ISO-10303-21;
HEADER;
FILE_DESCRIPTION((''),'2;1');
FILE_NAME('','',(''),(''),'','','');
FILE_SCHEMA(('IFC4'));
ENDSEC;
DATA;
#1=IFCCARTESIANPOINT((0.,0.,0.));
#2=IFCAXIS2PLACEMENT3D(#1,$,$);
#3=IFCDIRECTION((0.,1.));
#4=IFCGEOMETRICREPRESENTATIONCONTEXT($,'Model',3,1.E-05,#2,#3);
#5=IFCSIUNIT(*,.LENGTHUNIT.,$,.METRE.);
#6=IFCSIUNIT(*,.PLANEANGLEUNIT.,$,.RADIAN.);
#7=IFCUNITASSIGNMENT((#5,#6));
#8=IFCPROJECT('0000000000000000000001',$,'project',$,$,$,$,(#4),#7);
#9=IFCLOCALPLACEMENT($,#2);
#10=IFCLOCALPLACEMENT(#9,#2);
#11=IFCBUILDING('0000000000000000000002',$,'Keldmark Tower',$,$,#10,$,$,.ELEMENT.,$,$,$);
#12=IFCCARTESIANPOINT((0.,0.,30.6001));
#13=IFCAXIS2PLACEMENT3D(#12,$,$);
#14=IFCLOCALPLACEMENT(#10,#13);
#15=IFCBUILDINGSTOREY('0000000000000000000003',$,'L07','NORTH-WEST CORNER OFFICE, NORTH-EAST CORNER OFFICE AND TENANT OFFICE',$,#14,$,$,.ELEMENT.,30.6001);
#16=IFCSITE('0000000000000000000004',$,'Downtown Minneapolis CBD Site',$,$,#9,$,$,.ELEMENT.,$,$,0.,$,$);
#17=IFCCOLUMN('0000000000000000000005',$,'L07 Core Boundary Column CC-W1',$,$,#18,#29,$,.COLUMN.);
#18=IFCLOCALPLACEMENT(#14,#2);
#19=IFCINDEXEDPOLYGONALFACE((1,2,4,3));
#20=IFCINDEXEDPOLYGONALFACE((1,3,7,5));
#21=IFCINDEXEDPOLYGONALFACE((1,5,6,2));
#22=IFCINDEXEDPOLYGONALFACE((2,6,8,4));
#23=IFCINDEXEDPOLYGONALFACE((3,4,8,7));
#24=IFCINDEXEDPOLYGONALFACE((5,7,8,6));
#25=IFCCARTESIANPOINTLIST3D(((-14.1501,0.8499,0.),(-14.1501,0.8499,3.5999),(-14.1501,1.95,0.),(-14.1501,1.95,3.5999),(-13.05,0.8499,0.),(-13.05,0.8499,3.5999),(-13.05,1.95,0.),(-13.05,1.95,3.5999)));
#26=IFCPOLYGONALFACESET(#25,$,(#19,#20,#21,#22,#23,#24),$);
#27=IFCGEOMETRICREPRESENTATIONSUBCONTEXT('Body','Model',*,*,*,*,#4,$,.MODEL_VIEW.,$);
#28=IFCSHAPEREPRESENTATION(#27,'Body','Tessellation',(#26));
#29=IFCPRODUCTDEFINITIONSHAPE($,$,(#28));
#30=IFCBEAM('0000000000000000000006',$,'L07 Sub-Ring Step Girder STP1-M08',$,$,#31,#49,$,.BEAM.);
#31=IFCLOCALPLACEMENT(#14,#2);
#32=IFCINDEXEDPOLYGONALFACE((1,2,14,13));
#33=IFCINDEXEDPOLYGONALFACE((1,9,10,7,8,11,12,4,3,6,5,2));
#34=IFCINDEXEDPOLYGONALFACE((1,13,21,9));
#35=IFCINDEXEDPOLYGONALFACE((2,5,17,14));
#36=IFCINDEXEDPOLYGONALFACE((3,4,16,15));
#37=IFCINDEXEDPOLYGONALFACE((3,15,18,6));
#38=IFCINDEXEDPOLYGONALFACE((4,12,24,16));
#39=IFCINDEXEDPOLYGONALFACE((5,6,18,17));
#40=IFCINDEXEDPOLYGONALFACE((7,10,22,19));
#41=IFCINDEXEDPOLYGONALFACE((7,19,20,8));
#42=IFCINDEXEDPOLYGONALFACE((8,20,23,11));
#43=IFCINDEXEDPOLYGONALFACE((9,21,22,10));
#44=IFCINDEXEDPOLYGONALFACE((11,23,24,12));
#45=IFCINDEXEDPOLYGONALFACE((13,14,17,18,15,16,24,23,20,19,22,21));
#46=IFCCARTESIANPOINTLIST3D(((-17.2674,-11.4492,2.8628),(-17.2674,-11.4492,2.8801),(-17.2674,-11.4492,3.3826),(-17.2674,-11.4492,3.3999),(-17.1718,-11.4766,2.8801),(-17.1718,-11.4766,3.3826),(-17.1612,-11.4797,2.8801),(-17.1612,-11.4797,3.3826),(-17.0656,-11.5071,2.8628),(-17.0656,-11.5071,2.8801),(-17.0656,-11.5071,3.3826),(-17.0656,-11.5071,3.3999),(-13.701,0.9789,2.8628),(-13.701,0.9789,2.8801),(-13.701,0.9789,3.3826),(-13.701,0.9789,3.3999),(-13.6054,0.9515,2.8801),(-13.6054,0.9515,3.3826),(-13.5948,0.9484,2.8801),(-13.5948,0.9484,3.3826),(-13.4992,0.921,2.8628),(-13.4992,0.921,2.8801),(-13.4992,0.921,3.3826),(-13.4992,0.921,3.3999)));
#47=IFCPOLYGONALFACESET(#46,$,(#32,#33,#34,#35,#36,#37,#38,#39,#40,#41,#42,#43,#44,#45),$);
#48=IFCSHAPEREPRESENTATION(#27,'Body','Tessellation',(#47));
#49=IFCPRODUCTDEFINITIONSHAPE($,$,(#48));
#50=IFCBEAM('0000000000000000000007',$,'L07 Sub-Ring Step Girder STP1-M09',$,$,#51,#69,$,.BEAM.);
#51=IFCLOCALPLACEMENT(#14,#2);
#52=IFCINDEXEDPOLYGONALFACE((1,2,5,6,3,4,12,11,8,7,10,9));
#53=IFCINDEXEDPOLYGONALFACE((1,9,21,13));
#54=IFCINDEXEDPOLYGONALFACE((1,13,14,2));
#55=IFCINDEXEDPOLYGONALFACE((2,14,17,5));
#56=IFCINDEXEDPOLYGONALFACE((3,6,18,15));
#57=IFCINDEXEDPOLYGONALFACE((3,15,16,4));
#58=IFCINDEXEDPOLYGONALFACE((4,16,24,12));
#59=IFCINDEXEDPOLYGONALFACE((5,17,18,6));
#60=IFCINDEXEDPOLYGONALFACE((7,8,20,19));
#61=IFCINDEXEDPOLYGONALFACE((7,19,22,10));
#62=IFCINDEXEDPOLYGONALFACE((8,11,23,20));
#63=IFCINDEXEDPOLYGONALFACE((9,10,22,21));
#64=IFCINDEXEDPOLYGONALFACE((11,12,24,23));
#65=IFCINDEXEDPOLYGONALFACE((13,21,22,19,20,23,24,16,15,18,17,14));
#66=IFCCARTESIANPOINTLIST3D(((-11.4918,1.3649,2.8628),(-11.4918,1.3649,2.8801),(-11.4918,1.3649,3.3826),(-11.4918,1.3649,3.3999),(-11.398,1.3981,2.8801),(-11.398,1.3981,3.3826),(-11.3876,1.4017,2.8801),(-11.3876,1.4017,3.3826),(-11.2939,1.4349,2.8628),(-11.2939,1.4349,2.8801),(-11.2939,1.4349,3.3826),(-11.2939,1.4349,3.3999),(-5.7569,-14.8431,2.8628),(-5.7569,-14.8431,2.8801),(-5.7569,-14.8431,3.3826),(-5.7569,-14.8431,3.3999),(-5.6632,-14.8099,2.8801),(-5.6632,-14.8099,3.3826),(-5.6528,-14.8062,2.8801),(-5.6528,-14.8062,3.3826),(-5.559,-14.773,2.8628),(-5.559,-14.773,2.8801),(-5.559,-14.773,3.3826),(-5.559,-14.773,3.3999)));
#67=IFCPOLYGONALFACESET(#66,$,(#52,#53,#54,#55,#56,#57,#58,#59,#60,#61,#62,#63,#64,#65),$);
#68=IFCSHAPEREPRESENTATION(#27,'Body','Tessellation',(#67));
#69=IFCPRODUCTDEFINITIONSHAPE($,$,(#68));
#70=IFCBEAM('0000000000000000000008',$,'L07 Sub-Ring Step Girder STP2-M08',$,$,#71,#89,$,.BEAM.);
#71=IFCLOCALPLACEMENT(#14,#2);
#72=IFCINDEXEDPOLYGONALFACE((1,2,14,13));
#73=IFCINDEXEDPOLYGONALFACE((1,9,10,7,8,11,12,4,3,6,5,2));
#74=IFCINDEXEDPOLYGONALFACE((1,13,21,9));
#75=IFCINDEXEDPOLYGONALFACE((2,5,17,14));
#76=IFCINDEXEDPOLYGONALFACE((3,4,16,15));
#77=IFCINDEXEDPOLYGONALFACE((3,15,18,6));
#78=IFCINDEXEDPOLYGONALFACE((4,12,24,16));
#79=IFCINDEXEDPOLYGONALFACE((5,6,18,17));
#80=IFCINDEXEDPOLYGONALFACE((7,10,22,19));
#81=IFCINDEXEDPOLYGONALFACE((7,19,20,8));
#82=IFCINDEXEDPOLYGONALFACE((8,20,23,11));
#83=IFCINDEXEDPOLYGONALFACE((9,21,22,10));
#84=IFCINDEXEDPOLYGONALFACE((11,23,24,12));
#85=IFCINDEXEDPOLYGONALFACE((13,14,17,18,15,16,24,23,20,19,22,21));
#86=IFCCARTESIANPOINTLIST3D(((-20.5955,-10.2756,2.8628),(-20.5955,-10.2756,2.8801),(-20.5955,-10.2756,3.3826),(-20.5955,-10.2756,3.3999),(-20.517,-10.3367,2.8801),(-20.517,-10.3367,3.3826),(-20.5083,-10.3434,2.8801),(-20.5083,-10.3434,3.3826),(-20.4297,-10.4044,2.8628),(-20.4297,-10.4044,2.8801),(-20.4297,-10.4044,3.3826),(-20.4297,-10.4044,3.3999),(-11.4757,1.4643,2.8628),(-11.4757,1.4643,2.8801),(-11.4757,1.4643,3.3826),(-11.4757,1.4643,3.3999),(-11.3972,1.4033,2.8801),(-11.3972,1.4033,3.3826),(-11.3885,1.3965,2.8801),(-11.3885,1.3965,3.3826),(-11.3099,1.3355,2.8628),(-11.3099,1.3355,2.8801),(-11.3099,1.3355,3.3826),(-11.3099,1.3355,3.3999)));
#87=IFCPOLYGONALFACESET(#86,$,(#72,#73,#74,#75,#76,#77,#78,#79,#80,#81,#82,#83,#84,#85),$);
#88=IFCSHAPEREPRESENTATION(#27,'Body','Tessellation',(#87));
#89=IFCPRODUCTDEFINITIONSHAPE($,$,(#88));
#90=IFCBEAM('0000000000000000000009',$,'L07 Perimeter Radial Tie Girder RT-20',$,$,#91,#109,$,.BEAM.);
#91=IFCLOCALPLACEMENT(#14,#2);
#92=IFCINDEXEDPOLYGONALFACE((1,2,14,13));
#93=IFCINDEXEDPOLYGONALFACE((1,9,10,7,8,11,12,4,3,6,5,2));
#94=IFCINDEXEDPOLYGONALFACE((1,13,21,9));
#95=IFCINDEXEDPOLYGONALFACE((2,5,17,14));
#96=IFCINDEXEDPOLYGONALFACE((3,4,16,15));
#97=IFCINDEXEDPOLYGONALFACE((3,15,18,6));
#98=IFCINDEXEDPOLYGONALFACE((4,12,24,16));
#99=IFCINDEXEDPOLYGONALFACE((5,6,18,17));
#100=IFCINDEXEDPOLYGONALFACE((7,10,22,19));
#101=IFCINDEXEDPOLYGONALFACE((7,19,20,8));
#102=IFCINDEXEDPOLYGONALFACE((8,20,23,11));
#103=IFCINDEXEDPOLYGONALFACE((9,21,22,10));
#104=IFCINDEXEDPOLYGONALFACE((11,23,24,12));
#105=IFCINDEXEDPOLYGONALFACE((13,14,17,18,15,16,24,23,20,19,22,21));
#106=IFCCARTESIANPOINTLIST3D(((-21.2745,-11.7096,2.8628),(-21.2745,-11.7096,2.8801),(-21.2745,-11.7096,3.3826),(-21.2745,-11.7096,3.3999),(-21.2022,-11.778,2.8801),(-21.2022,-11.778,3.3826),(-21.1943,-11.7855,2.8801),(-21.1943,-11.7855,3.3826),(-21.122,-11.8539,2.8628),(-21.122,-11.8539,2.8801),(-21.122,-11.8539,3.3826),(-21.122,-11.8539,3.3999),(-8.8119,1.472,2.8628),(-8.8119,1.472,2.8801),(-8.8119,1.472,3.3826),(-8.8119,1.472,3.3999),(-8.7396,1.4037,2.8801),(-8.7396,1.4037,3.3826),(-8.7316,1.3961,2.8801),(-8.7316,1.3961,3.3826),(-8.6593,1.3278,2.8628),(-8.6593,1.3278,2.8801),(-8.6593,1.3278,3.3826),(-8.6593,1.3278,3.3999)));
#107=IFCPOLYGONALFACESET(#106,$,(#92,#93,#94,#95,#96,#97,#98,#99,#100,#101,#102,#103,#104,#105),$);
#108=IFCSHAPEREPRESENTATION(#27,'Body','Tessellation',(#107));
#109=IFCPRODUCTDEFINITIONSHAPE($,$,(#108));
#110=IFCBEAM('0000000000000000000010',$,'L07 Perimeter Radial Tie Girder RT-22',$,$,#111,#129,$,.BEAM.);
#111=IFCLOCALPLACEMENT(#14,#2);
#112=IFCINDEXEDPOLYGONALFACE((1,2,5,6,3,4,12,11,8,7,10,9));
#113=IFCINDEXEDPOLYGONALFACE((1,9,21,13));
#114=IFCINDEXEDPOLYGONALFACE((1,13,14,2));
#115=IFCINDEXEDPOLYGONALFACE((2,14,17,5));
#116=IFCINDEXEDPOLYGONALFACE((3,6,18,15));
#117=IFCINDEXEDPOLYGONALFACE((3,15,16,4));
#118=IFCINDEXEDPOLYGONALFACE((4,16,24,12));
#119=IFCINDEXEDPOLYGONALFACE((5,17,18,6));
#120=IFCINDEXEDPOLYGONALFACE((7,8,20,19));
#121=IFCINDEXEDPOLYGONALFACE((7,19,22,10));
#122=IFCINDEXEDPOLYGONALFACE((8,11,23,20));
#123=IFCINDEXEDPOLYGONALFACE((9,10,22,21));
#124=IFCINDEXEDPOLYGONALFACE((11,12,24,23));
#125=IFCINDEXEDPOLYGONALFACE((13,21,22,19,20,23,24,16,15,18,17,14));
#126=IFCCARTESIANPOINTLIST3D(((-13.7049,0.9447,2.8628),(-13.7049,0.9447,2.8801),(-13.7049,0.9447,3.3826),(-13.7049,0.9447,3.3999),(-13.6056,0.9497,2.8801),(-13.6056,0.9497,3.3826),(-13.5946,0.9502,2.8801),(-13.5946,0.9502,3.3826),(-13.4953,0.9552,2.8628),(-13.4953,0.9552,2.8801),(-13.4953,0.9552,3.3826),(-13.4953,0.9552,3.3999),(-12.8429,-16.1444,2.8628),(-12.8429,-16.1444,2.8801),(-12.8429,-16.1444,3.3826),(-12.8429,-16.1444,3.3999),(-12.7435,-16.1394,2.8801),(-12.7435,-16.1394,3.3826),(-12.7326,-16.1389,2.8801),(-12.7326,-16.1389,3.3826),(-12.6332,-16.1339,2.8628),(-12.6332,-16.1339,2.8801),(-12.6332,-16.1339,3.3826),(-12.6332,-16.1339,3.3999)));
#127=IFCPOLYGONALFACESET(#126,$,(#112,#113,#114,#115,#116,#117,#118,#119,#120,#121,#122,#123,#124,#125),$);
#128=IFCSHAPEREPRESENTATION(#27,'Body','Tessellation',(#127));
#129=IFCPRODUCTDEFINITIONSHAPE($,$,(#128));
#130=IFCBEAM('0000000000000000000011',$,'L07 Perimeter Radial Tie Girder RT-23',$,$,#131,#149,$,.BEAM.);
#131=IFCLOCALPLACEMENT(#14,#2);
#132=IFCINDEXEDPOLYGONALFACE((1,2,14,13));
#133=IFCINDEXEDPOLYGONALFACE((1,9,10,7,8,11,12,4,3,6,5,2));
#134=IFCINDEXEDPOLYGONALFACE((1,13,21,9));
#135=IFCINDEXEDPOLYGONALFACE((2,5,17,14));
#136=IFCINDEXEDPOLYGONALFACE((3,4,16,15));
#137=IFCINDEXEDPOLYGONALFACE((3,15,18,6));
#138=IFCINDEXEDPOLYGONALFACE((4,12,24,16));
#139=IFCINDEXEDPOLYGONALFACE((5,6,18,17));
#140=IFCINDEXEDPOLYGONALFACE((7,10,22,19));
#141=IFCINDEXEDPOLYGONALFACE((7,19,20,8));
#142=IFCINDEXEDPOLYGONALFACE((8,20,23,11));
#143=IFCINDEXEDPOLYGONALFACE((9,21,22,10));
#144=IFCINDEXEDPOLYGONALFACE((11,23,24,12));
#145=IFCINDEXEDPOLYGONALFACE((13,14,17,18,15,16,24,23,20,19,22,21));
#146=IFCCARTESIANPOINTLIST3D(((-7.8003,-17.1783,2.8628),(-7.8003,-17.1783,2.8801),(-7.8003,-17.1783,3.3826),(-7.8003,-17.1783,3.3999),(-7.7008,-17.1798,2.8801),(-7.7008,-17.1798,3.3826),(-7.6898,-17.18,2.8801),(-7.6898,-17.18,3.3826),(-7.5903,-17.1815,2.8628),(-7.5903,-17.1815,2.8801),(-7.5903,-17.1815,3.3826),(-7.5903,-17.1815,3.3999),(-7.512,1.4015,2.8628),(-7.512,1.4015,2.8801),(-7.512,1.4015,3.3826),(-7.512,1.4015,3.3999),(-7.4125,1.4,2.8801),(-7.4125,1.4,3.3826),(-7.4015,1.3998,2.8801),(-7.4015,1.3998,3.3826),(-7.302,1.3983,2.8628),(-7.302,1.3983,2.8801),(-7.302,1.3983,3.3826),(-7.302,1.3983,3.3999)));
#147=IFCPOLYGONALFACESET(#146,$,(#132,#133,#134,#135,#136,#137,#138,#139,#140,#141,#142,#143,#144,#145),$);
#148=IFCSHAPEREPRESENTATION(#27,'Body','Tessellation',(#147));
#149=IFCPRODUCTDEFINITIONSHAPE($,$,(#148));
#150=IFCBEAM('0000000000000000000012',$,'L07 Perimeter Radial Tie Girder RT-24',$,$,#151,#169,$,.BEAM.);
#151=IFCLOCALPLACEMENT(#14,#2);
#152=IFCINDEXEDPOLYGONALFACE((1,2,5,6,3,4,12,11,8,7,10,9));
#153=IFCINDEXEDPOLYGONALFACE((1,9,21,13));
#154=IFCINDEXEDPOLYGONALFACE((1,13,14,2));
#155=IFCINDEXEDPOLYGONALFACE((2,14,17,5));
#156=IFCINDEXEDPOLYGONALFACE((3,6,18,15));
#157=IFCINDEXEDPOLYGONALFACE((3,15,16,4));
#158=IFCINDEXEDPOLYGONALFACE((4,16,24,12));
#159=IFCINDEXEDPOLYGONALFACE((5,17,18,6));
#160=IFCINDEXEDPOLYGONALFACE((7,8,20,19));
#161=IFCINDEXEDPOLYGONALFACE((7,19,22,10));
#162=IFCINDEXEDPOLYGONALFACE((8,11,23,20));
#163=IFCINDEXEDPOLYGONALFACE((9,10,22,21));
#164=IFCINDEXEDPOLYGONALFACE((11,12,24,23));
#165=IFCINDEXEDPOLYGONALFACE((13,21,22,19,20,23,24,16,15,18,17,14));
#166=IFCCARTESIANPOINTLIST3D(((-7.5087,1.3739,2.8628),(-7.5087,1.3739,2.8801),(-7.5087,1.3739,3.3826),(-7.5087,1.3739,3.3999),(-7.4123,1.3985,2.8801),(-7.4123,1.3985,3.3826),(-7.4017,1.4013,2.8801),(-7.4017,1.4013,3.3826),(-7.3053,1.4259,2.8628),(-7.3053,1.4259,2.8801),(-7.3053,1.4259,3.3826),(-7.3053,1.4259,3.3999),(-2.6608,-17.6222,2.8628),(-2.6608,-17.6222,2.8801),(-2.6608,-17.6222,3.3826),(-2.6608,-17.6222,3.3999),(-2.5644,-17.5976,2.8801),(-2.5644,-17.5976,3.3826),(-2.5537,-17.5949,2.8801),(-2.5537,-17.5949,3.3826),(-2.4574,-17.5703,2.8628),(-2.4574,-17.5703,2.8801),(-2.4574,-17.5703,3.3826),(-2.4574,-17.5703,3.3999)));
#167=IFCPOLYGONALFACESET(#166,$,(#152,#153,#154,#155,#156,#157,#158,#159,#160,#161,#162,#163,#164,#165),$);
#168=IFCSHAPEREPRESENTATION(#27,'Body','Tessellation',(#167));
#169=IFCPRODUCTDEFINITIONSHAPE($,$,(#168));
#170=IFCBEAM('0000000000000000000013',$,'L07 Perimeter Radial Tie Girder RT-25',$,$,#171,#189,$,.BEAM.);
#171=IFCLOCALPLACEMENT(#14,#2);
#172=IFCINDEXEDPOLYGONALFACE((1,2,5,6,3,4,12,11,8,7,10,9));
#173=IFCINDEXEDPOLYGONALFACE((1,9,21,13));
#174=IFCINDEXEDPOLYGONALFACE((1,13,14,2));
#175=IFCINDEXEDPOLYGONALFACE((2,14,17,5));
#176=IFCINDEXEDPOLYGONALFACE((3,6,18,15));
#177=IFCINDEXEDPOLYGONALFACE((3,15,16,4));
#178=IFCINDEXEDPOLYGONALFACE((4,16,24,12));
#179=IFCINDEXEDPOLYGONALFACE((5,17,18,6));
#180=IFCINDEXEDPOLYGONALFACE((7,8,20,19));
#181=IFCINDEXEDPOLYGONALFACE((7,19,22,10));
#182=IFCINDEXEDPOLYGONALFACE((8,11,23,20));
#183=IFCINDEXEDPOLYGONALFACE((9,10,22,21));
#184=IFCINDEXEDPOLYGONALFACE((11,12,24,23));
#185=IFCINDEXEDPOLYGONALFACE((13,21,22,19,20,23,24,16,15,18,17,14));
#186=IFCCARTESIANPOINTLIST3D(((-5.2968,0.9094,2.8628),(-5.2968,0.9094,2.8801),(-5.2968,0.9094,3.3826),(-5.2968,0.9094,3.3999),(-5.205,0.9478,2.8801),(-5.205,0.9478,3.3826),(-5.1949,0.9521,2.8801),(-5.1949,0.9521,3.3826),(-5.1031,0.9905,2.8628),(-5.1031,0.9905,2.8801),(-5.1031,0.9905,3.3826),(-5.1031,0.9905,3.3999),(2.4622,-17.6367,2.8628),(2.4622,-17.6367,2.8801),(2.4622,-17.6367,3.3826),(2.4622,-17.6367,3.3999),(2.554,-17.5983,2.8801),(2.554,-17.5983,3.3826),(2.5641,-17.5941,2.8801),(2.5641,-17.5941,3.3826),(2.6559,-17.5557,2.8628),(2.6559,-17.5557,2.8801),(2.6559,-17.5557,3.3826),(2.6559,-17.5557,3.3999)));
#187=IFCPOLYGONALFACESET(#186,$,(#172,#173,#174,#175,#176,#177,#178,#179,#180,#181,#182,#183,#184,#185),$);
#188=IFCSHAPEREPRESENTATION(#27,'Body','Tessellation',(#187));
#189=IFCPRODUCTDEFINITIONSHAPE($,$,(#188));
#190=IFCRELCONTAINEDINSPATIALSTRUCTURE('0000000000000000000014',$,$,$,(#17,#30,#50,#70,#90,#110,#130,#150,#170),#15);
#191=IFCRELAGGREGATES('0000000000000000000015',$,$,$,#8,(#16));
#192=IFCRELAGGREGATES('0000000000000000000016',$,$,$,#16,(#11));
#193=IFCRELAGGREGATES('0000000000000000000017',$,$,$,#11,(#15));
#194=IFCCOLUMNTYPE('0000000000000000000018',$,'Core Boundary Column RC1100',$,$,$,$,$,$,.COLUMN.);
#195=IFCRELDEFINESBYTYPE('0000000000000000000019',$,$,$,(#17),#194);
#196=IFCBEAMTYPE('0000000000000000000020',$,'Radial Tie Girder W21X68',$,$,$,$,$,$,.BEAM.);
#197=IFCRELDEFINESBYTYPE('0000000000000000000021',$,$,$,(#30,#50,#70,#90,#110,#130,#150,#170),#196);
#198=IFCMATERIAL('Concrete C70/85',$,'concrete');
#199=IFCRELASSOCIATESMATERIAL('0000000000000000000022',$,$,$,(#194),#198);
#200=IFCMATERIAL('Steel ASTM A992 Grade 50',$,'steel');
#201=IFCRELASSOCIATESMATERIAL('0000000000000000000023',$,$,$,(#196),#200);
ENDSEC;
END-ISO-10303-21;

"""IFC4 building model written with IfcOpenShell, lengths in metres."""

from ifc_helpers import new_model, si_unit, direction, frame, origin, origin_2d, place, context, subcontext, project, spatial, rectangle, i_section, extrude, material, material_profile, profile_set, type_object, element, save


model = new_model("IFC4")

# Units and contexts
model_context = context("Model", 3, precision=1e-05, world=origin(), true_north=direction((0.0, 1.0)))
body_context = subcontext(model_context, "Body", "Model", "MODEL_VIEW")
ifc_project = project(units=[si_unit("LENGTHUNIT", "METRE"), si_unit("PLANEANGLEUNIT", "RADIAN")], contexts=[model_context])

# Site, building, storey
site_placement = place(None, origin())
site = spatial("IfcSite", under=ifc_project, at=site_placement, Name="Downtown Minneapolis CBD Site", CompositionType="ELEMENT", RefElevation=0.0)
building_placement = place(site_placement, origin())
building = spatial("IfcBuilding", under=site, at=building_placement, Name="Keldmark Tower", CompositionType="ELEMENT")
storey_placement = place(building_placement, frame((0.0, 0.0, 30.6001)))
storey = spatial("IfcBuildingStorey", under=building, at=storey_placement, Name="L07", Description="NORTH-WEST CORNER OFFICE, NORTH-EAST CORNER OFFICE AND TENANT OFFICE", CompositionType="ELEMENT", Elevation=30.6001)

# Column
ifc_material_1 = material(Name="Concrete C70/85", Category="concrete")
ifc_material_profile_1 = material_profile(ifc_material_1, rectangle(XDim=1.1001, YDim=1.1001, at=origin_2d()), Name="RC1100X1100")
ifc_profile_set_1 = profile_set([ifc_material_profile_1], Name="Concrete C70/85")
column_type = type_object("IfcColumnType", Name="Core Boundary Column RC1100", PredefinedType="COLUMN", material=ifc_profile_set_1)
column_placement = place(storey_placement, frame((-13.6001, 1.3999, 0.0), z_axis=(0.0, 0.0, 1.0), x_axis=(1.0, 0.0, 0.0)))
element("IfcColumn", 1, at=column_placement, inside=storey, type_object=column_type, Name="L07 Core Boundary Column CC-W1", PredefinedType="COLUMN", context=body_context, shape_type="SweptSolid", body=[
    extrude(rectangle(XDim=1.1001, YDim=1.1001, at=origin_2d()), origin(), (0.0, 0.0, 1.0), 3.5999),
])

# Beams
ifc_material_2 = material(Name="Steel ASTM A992 Grade 50", Category="steel")
ifc_material_profile_2 = material_profile(ifc_material_2, i_section(OverallWidth=0.21, OverallDepth=0.5371, WebThickness=0.011, FlangeThickness=0.0173, at=origin_2d()), Name="W21X68")
ifc_profile_set_2 = profile_set([ifc_material_profile_2], Name="Steel ASTM A992 Grade 50")
beam_type = type_object("IfcBeamType", Name="Radial Tie Girder W21X68", PredefinedType="BEAM", material=ifc_profile_set_2)
beam_1_placement = place(storey_placement, frame((-13.6001, 0.95, 3.1313), z_axis=(-0.275828, -0.961207, 0.0), x_axis=(0.961207, -0.275828, 0.0)))
element("IfcBeam", 2, at=beam_1_placement, inside=storey, type_object=beam_type, Name="L07 Sub-Ring Step Girder STP1-M08", PredefinedType="BEAM", context=body_context, shape_type="SweptSolid", body=[
    extrude(i_section(OverallWidth=0.21, OverallDepth=0.5371, WebThickness=0.011, FlangeThickness=0.0173, at=origin_2d()), origin(), (0.0, 0.0, 1.0), 12.9297),
])
beam_2_placement = place(storey_placement, frame((-11.3928, 1.3999, 3.1313), z_axis=(0.333564, -0.942727, 0.0), x_axis=(0.942727, 0.333564, 0.0)))
element("IfcBeam", 3, at=beam_2_placement, inside=storey, type_object=beam_type, Name="L07 Sub-Ring Step Girder STP1-M09", PredefinedType="BEAM", context=body_context, shape_type="SweptSolid", body=[
    extrude(i_section(OverallWidth=0.21, OverallDepth=0.5371, WebThickness=0.011, FlangeThickness=0.0173, at=origin_2d()), origin(), (0.0, 0.0, 1.0), 17.1926),
])
beam_3_placement = place(storey_placement, frame((-11.3928, 1.3999, 3.1313), z_axis=(-0.61347, -0.789718, 0.0), x_axis=(0.789718, -0.61347, 0.0)))
element("IfcBeam", 4, at=beam_3_placement, inside=storey, type_object=beam_type, Name="L07 Sub-Ring Step Girder STP2-M08", PredefinedType="BEAM", context=body_context, shape_type="SweptSolid", body=[
    extrude(i_section(OverallWidth=0.21, OverallDepth=0.5371, WebThickness=0.011, FlangeThickness=0.0173, at=origin_2d()), origin(), (0.0, 0.0, 1.0), 14.866),
])
beam_4_placement = place(storey_placement, frame((-8.7356, 1.3999, 3.1313), z_axis=(-0.687012, -0.726647, 0.0), x_axis=(0.726647, -0.687012, 0.0)))
element("IfcBeam", 5, at=beam_4_placement, inside=storey, type_object=beam_type, Name="L07 Perimeter Radial Tie Girder RT-20", PredefinedType="BEAM", context=body_context, shape_type="SweptSolid", body=[
    extrude(i_section(OverallWidth=0.21, OverallDepth=0.5371, WebThickness=0.011, FlangeThickness=0.0173, at=origin_2d()), origin(), (0.0, 0.0, 1.0), 18.1404),
])
beam_5_placement = place(storey_placement, frame((-13.6001, 0.95, 3.1313), z_axis=(0.050381, -0.99873, 0.0), x_axis=(0.99873, 0.050381, 0.0)))
element("IfcBeam", 6, at=beam_5_placement, inside=storey, type_object=beam_type, Name="L07 Perimeter Radial Tie Girder RT-22", PredefinedType="BEAM", context=body_context, shape_type="SweptSolid", body=[
    extrude(i_section(OverallWidth=0.21, OverallDepth=0.5371, WebThickness=0.011, FlangeThickness=0.0173, at=origin_2d()), origin(), (0.0, 0.0, 1.0), 17.1108),
])
beam_6_placement = place(storey_placement, frame((-7.407, 1.3999, 3.1313), z_axis=(-0.015517, -0.99988, 0.0), x_axis=(0.99988, -0.015517, 0.0)))
element("IfcBeam", 7, at=beam_6_placement, inside=storey, type_object=beam_type, Name="L07 Perimeter Radial Tie Girder RT-23", PredefinedType="BEAM", context=body_context, shape_type="SweptSolid", body=[
    extrude(i_section(OverallWidth=0.21, OverallDepth=0.5371, WebThickness=0.011, FlangeThickness=0.0173, at=origin_2d()), origin(), (0.0, 0.0, 1.0), 18.582),
])
beam_7_placement = place(storey_placement, frame((-7.407, 1.3999, 3.1313), z_axis=(0.24728, -0.968944, 0.0), x_axis=(0.968944, 0.24728, 0.0)))
element("IfcBeam", 8, at=beam_7_placement, inside=storey, type_object=beam_type, Name="L07 Perimeter Radial Tie Girder RT-24", PredefinedType="BEAM", context=body_context, shape_type="SweptSolid", body=[
    extrude(i_section(OverallWidth=0.21, OverallDepth=0.5371, WebThickness=0.011, FlangeThickness=0.0173, at=origin_2d()), origin(), (0.0, 0.0, 1.0), 19.605),
])
beam_8_placement = place(storey_placement, frame((-5.2, 0.95, 3.1313), z_axis=(0.385949, -0.92252, 0.0), x_axis=(0.92252, 0.385949, 0.0)))
element("IfcBeam", 9, at=beam_8_placement, inside=storey, type_object=beam_type, Name="L07 Perimeter Radial Tie Girder RT-25", PredefinedType="BEAM", context=body_context, shape_type="SweptSolid", body=[
    extrude(i_section(OverallWidth=0.21, OverallDepth=0.5371, WebThickness=0.011, FlangeThickness=0.0173, at=origin_2d()), origin(), (0.0, 0.0, 1.0), 20.1038),
])

save(model, "model.ifc")
